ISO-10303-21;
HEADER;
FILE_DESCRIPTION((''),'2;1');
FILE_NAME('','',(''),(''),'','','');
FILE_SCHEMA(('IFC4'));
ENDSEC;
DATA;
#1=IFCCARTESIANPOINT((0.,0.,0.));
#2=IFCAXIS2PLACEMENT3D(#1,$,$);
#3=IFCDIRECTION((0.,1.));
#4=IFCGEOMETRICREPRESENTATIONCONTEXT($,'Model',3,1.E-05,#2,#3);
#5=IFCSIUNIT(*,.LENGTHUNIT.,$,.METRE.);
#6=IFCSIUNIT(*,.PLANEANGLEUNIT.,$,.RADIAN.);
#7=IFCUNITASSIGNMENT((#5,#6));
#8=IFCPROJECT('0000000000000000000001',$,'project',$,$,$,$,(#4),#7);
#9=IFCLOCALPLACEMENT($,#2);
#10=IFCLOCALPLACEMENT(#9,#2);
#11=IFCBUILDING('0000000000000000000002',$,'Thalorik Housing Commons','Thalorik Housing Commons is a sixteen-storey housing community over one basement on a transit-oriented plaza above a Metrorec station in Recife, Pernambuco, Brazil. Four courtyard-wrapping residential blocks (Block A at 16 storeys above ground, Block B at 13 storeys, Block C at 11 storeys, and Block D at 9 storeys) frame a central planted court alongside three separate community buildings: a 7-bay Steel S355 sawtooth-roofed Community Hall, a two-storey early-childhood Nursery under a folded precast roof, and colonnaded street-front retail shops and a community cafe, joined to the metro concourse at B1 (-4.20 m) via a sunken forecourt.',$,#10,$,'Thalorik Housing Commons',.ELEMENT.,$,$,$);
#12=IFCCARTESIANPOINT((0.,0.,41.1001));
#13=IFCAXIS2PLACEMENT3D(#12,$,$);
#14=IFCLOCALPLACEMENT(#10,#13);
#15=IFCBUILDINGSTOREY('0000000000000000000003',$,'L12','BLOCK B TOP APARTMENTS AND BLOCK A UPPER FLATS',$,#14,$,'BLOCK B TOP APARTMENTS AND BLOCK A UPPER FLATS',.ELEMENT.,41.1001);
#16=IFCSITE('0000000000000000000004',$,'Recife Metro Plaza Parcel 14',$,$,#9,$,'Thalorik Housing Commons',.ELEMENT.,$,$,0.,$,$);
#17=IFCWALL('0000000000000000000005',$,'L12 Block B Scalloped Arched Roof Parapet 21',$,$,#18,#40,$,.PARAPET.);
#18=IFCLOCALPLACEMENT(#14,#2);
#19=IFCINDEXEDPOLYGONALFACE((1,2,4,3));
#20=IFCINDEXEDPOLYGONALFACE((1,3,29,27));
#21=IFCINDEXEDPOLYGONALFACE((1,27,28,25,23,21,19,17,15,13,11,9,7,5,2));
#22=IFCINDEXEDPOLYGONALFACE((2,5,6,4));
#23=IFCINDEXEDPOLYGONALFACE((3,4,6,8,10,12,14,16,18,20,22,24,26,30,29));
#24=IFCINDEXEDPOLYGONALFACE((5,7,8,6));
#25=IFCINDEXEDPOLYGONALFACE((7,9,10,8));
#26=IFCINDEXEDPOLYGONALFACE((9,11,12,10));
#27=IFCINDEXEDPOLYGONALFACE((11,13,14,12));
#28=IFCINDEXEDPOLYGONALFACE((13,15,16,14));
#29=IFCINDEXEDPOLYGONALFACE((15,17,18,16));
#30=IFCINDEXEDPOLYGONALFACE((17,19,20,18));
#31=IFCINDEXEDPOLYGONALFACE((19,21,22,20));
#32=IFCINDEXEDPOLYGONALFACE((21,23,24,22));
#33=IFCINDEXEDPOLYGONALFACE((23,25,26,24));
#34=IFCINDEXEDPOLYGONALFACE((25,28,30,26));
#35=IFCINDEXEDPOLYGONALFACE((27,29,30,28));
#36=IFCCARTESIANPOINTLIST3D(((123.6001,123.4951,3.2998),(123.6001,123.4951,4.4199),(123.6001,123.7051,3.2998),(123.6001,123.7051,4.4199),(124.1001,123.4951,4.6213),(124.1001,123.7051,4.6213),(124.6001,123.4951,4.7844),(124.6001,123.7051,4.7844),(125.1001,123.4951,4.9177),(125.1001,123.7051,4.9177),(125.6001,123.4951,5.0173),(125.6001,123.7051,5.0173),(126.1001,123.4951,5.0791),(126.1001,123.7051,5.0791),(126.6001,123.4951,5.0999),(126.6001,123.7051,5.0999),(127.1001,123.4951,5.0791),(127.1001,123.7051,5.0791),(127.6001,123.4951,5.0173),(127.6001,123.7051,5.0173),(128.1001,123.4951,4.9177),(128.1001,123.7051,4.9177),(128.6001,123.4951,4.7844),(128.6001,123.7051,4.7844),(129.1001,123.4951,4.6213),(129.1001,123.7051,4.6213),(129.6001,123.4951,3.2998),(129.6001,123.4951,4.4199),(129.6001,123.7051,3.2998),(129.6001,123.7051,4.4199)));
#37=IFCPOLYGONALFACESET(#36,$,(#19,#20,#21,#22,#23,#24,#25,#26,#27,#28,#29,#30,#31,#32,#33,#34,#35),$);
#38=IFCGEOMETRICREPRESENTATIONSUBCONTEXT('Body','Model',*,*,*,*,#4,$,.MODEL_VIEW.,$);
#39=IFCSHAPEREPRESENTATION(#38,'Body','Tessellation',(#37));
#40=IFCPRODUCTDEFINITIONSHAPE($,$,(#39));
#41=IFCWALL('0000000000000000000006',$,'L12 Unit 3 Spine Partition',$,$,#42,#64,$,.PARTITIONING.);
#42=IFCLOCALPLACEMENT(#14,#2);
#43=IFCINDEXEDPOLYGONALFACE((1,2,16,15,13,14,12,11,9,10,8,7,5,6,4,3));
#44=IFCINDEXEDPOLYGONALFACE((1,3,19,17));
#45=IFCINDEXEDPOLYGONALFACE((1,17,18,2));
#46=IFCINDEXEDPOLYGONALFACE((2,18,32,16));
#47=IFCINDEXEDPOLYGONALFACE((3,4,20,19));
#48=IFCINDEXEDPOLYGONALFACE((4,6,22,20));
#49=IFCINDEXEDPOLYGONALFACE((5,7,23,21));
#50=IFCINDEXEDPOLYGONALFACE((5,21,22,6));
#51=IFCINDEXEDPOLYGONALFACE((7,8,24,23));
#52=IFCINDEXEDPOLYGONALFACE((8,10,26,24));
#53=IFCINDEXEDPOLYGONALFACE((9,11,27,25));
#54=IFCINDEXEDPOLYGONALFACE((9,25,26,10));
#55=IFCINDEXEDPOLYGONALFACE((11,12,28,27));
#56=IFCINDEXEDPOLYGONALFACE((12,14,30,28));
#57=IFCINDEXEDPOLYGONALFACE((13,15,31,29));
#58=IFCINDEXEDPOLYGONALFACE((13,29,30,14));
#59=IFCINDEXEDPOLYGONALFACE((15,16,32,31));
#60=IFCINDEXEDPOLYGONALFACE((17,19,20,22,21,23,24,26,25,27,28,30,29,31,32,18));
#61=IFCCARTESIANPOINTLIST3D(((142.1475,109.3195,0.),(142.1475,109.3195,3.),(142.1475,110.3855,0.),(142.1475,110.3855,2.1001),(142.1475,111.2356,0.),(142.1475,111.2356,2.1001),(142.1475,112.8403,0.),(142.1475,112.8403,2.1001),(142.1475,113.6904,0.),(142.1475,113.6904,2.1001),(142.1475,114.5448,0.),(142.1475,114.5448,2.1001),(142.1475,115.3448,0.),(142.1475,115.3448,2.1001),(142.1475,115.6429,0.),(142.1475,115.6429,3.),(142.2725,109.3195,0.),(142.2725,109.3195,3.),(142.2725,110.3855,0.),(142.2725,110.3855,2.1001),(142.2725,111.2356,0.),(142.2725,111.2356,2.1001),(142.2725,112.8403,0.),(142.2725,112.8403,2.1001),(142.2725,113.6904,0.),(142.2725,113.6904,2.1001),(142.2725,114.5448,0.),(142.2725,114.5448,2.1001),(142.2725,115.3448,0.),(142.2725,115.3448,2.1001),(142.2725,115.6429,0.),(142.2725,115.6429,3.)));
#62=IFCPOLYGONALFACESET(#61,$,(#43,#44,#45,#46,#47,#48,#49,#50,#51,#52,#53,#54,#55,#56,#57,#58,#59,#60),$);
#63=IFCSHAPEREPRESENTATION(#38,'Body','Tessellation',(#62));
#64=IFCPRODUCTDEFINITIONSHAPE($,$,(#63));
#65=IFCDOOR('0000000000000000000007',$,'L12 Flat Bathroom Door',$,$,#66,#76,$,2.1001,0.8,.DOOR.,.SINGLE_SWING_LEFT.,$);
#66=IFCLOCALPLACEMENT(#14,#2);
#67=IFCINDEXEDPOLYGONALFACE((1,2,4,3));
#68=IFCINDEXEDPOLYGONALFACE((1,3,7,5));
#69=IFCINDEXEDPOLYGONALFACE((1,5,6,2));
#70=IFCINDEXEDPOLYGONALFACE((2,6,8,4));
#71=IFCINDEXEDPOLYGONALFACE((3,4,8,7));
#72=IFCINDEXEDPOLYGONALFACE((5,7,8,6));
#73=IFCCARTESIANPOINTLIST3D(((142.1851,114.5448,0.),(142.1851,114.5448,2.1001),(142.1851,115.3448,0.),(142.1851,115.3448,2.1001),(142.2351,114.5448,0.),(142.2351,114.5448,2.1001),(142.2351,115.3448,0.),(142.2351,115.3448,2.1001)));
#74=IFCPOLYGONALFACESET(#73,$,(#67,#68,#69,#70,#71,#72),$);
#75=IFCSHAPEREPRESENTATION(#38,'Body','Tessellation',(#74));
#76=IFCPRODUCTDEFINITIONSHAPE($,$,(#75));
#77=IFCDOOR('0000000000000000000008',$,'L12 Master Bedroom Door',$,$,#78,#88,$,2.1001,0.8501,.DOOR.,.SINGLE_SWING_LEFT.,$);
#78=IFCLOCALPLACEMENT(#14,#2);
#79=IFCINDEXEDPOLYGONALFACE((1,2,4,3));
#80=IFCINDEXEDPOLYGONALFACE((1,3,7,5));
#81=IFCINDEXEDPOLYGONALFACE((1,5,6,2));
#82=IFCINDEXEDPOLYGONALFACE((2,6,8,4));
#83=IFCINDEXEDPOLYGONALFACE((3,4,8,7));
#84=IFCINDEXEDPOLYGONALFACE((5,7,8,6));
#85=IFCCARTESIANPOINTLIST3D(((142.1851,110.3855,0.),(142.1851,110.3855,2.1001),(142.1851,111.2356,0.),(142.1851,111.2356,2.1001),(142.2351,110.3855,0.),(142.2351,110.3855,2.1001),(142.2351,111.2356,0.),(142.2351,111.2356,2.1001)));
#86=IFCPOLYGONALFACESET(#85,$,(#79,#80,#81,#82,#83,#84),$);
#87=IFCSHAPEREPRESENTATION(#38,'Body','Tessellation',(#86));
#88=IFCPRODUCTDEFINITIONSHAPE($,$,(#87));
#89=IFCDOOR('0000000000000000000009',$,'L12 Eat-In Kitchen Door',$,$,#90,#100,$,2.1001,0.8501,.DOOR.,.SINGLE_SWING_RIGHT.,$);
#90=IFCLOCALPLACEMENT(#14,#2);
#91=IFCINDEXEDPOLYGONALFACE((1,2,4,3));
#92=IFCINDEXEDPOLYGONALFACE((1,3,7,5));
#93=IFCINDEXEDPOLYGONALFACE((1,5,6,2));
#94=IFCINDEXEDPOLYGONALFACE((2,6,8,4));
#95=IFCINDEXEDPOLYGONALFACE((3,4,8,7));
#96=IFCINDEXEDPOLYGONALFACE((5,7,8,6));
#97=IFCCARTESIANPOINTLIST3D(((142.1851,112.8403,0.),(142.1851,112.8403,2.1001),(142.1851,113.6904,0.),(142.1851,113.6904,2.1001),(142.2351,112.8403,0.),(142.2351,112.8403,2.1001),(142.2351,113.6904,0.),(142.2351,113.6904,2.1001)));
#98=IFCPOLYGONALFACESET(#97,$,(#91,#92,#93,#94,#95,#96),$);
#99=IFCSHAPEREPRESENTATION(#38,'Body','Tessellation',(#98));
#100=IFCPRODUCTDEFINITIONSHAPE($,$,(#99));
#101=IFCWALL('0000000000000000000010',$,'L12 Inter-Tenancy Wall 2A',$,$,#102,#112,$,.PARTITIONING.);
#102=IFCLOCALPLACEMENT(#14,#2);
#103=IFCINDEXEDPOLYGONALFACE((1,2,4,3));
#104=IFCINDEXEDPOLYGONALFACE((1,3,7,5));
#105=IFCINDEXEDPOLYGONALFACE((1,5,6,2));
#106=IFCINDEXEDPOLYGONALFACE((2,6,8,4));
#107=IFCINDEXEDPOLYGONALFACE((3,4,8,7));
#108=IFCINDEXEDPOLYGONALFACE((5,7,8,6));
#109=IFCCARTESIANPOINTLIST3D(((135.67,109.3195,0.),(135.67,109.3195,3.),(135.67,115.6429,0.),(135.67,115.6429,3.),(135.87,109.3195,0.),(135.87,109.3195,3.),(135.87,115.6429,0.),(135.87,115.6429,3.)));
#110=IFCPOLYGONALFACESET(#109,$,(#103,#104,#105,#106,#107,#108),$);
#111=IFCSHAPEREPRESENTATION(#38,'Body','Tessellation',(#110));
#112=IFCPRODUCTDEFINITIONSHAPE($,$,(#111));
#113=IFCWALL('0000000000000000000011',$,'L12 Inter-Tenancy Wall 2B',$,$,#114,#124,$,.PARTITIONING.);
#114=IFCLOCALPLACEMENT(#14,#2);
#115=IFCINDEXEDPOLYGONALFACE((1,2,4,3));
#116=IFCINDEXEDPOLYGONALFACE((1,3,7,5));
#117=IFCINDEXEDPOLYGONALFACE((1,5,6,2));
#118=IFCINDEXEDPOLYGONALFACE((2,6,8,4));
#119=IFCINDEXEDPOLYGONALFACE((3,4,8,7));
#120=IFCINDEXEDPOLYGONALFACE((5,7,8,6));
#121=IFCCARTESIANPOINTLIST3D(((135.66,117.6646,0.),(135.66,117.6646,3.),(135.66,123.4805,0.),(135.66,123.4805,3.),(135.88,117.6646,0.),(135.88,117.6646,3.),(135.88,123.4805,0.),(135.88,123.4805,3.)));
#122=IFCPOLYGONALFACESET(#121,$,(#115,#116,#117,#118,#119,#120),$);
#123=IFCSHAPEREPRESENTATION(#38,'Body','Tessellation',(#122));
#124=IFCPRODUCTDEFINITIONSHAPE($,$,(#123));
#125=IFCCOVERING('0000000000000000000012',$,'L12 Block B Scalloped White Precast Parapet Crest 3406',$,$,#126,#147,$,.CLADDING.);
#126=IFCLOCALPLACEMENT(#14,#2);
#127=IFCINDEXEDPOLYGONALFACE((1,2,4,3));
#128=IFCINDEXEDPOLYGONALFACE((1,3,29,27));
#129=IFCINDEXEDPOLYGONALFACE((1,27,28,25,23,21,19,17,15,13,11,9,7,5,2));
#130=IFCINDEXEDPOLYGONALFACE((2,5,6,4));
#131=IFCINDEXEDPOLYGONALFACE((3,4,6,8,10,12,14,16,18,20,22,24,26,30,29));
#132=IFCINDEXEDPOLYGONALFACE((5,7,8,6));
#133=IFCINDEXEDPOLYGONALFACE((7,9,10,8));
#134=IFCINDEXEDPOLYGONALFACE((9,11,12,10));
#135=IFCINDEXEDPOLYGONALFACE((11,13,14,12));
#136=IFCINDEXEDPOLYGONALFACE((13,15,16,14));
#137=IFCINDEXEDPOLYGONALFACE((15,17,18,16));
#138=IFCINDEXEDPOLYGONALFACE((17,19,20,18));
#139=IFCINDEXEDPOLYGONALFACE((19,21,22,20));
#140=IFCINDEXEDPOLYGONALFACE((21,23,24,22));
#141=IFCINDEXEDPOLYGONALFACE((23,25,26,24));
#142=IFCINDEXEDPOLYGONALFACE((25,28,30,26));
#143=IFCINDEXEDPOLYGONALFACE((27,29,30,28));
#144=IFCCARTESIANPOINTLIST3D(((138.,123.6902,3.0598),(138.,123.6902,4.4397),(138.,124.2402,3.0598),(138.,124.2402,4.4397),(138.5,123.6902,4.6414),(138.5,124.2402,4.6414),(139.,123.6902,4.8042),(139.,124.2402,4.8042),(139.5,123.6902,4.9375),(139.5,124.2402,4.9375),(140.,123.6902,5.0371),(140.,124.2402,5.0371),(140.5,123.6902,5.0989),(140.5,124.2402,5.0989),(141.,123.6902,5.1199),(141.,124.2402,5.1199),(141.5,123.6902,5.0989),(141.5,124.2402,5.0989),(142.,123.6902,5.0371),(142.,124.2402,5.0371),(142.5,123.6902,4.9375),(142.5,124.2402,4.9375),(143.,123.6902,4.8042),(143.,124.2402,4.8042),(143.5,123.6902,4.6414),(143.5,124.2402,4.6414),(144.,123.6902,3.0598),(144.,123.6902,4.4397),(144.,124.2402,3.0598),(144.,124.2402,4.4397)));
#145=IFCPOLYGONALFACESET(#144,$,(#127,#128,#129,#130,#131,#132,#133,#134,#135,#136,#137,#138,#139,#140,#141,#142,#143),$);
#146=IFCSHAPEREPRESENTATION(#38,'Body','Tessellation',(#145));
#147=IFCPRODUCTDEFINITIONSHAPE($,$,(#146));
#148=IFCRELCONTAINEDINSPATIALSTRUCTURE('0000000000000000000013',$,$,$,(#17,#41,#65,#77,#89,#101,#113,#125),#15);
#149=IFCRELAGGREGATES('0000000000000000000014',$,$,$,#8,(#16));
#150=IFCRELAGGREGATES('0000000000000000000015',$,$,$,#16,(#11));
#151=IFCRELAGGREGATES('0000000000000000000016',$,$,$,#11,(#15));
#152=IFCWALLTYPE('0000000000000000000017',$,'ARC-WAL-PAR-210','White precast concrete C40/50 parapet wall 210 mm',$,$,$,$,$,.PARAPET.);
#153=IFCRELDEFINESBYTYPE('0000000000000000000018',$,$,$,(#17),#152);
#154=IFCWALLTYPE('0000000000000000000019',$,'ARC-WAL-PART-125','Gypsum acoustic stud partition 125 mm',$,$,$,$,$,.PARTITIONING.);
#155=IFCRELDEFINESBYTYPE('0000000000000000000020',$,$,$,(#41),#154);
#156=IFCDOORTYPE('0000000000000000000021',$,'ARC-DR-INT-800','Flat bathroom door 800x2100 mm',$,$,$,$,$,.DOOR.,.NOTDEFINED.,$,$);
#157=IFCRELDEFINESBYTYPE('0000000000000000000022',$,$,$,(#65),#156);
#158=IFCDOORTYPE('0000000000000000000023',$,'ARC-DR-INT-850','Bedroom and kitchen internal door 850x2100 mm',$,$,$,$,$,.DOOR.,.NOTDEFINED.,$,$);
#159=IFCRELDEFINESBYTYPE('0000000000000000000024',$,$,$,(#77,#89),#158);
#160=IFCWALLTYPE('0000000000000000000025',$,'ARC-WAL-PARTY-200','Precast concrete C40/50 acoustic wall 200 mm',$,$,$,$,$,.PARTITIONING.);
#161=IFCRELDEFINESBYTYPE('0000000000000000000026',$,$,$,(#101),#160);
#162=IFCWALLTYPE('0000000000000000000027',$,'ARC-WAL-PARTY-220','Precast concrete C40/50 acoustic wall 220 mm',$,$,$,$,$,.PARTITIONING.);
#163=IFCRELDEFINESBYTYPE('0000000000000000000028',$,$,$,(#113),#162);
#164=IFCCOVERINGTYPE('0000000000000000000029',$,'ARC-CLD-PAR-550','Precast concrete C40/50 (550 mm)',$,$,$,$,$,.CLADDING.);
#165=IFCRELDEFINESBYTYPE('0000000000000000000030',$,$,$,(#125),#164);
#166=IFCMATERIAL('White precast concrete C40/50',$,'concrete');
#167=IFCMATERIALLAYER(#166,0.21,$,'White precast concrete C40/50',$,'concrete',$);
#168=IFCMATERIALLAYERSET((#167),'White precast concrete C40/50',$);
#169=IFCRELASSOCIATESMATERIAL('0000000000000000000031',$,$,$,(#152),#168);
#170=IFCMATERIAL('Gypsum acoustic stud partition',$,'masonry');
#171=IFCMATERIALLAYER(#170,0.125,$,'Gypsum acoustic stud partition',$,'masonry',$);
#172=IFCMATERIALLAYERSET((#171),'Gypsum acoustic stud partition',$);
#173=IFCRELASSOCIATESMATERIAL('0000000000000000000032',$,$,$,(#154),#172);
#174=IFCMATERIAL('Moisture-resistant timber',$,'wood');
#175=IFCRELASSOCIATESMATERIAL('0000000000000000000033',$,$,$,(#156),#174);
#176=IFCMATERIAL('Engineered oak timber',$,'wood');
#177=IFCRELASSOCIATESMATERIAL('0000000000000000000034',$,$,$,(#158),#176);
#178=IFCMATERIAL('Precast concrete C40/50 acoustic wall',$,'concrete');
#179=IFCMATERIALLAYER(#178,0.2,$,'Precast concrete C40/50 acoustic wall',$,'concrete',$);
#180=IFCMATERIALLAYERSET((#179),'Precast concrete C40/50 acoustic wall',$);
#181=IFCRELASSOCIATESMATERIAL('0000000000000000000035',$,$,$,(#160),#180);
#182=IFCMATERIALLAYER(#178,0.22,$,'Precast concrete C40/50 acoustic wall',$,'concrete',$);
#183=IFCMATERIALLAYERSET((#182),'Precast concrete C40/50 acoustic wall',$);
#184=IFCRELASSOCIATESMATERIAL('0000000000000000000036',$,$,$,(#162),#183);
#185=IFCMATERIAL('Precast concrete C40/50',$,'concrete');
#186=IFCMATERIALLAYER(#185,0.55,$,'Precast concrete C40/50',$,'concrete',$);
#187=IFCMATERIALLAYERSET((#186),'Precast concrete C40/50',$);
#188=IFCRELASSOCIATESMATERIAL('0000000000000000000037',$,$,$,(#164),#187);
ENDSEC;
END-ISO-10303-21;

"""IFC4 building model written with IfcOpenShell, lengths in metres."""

from ifc_helpers import new_model, si_unit, direction, frame, frame_2d, origin, place, context, subcontext, project, spatial, polyline, rectangle, outline, extrude, material, layer, layer_set, type_object, element, fill, save


model = new_model("IFC4")

# Units and contexts
model_context = context("Model", 3, precision=1e-05, world=origin(), true_north=direction((0.0, 1.0)))
body_context = subcontext(model_context, "Body", "Model", "MODEL_VIEW")
ifc_project = project(units=[si_unit("LENGTHUNIT", "METRE"), si_unit("PLANEANGLEUNIT", "RADIAN")], contexts=[model_context])

# Site, building, storey
site_placement = place(None, origin())
site = spatial("IfcSite", under=ifc_project, at=site_placement, Name="Recife Metro Plaza Parcel 14", LongName="Thalorik Housing Commons", CompositionType="ELEMENT", RefElevation=0.0)
building_placement = place(site_placement, origin())
building = spatial("IfcBuilding", under=site, at=building_placement, Name="Thalorik Housing Commons", Description="Thalorik Housing Commons is a sixteen-storey housing community over one basement on a transit-oriented plaza above a Metrorec station in Recife, Pernambuco, Brazil. Four courtyard-wrapping residential blocks (Block A at 16 storeys above ground, Block B at 13 storeys, Block C at 11 storeys, and Block D at 9 storeys) frame a central planted court alongside three separate community buildings: a 7-bay Steel S355 sawtooth-roofed Community Hall, a two-storey early-childhood Nursery under a folded precast roof, and colonnaded street-front retail shops and a community cafe, joined to the metro concourse at B1 (-4.20 m) via a sunken forecourt.", LongName="Thalorik Housing Commons", CompositionType="ELEMENT")
storey_placement = place(building_placement, frame((0.0, 0.0, 41.1001)))
storey = spatial("IfcBuildingStorey", under=building, at=storey_placement, Name="L12", Description="BLOCK B TOP APARTMENTS AND BLOCK A UPPER FLATS", LongName="BLOCK B TOP APARTMENTS AND BLOCK A UPPER FLATS", CompositionType="ELEMENT", Elevation=41.1001)

# Shared definitions
ifc_material_1 = material(Name="Precast concrete C40/50", Category="concrete")

# Shared definitions
ifc_material_2 = material(Name="White precast concrete C40/50", Category="concrete")

# Wall
ifc_layer_1 = layer(ifc_material_2, 0.21, Name="White precast concrete C40/50", Category="concrete")
ifc_layer_set_1 = layer_set([ifc_layer_1], Name="White precast concrete C40/50")
wall_type_1 = type_object("IfcWallType", Name="ARC-WAL-PAR-210", Description="White precast concrete C40/50 parapet wall 210 mm", PredefinedType="PARAPET", material=ifc_layer_set_1)
wall_1_placement = place(storey_placement, frame((129.6001, 123.6001, 3.2998), z_axis=(0.0, 0.0, 1.0), x_axis=(-1.0, 0.0, 0.0)))
element("IfcWall", 1, at=wall_1_placement, inside=storey, type_object=wall_type_1, Name="L12 Block B Scalloped Arched Roof Parapet 21", PredefinedType="PARAPET", context=body_context, shape_type="SweptSolid", body=[
    extrude(outline(polyline([(0.0, 0.0), (6.0, 0.0), (6.0, 1.1201), (5.5, 1.3215), (5.0, 1.4846), (4.5, 1.6179), (4.0, 1.7175), (3.5, 1.7793), (3.0, 1.8), (2.5, 1.7793), (2.0, 1.7175), (1.5, 1.6179), (1.0, 1.4846), (0.5, 1.3215), (0.0, 1.1201), (0.0, 0.0)])), frame((0.0, 0.105, 0.0), z_axis=(0.0, -1.0, 0.0), x_axis=(1.0, 0.0, 0.0)), (0.0, 0.0, 1.0), 0.21),
])

# Wall, openings, doors
ifc_material_3 = material(Name="Gypsum acoustic stud partition", Category="masonry")
ifc_layer_2 = layer(ifc_material_3, 0.125, Name="Gypsum acoustic stud partition", Category="masonry")
ifc_layer_set_2 = layer_set([ifc_layer_2], Name="Gypsum acoustic stud partition")
wall_type_2 = type_object("IfcWallType", Name="ARC-WAL-PART-125", Description="Gypsum acoustic stud partition 125 mm", PredefinedType="PARTITIONING", material=ifc_layer_set_2)
wall_2_placement = place(storey_placement, frame((142.21, 109.3196, 0.0), z_axis=(0.0, 0.0, 1.0), x_axis=(0.0, 1.0, 0.0)))
wall_2 = element("IfcWall", 2, at=wall_2_placement, inside=storey, type_object=wall_type_2, Name="L12 Unit 3 Spine Partition", PredefinedType="PARTITIONING", context=body_context, shape_type="SweptSolid", body=[
    extrude(rectangle(XDim=6.3235, YDim=0.125, at=frame_2d((3.1616, 0.0))), origin(), (0.0, 0.0, 1.0), 3.0),
])
opening_1_placement = place(wall_2_placement, frame((1.0659, 0.0, 0.0)))
opening_1 = element("IfcOpeningElement", 3, at=opening_1_placement, cuts=wall_2, PredefinedType="OPENING", context=body_context, shape_type="SweptSolid", body=[
    extrude(rectangle(XDim=0.8501, YDim=2.1001, at=frame_2d((0.425, 1.05))), frame((0.0, 0.0725, 0.0), z_axis=(0.0, -1.0, 0.0), x_axis=(1.0, 0.0, 0.0)), (0.0, 0.0, 1.0), 0.145),
])
opening_2_placement = place(wall_2_placement, frame((3.5208, 0.0, 0.0)))
opening_2 = element("IfcOpeningElement", 4, at=opening_2_placement, cuts=wall_2, PredefinedType="OPENING", context=body_context, shape_type="SweptSolid", body=[
    extrude(rectangle(XDim=0.8501, YDim=2.1001, at=frame_2d((0.425, 1.05))), frame((0.0, 0.0725, 0.0), z_axis=(0.0, -1.0, 0.0), x_axis=(1.0, 0.0, 0.0)), (0.0, 0.0, 1.0), 0.145),
])
opening_3_placement = place(wall_2_placement, frame((5.2253, 0.0, 0.0)))
opening_3 = element("IfcOpeningElement", 5, at=opening_3_placement, cuts=wall_2, PredefinedType="OPENING", context=body_context, shape_type="SweptSolid", body=[
    extrude(rectangle(XDim=0.8, YDim=2.1001, at=frame_2d((0.3999, 1.05))), frame((0.0, 0.0725, 0.0), z_axis=(0.0, -1.0, 0.0), x_axis=(1.0, 0.0, 0.0)), (0.0, 0.0, 1.0), 0.145),
])
ifc_material_4 = material(Name="Moisture-resistant timber", Category="wood")
door_type_1 = type_object("IfcDoorType", Name="ARC-DR-INT-800", Description="Flat bathroom door 800x2100 mm", OperationType="NOTDEFINED", PredefinedType="DOOR", material=ifc_material_4)
door_1_placement = place(opening_3_placement, origin())
door_1 = element("IfcDoor", 6, at=door_1_placement, inside=storey, type_object=door_type_1, Name="L12 Flat Bathroom Door", OperationType="SINGLE_SWING_LEFT", OverallHeight=2.1001, OverallWidth=0.8, PredefinedType="DOOR", context=body_context, shape_type="SweptSolid", body=[
    extrude(rectangle(XDim=0.8, YDim=2.1001, at=frame_2d((0.3999, 1.05))), frame((0.0, 0.0249, 0.0), z_axis=(0.0, -1.0, 0.0), x_axis=(1.0, 0.0, 0.0)), (0.0, 0.0, 1.0), 0.05),
])
fill(opening_3, door_1)
ifc_material_5 = material(Name="Engineered oak timber", Category="wood")
door_type_2 = type_object("IfcDoorType", Name="ARC-DR-INT-850", Description="Bedroom and kitchen internal door 850x2100 mm", OperationType="NOTDEFINED", PredefinedType="DOOR", material=ifc_material_5)
door_2_placement = place(opening_1_placement, origin())
door_2 = element("IfcDoor", 7, at=door_2_placement, inside=storey, type_object=door_type_2, Name="L12 Master Bedroom Door", OperationType="SINGLE_SWING_LEFT", OverallHeight=2.1001, OverallWidth=0.8501, PredefinedType="DOOR", context=body_context, shape_type="SweptSolid", body=[
    extrude(rectangle(XDim=0.8501, YDim=2.1001, at=frame_2d((0.425, 1.05))), frame((0.0, 0.0249, 0.0), z_axis=(0.0, -1.0, 0.0), x_axis=(1.0, 0.0, 0.0)), (0.0, 0.0, 1.0), 0.05),
])
fill(opening_1, door_2)
door_3_placement = place(opening_2_placement, origin())
door_3 = element("IfcDoor", 8, at=door_3_placement, inside=storey, type_object=door_type_2, Name="L12 Eat-In Kitchen Door", OperationType="SINGLE_SWING_RIGHT", OverallHeight=2.1001, OverallWidth=0.8501, PredefinedType="DOOR", context=body_context, shape_type="SweptSolid", body=[
    extrude(rectangle(XDim=0.8501, YDim=2.1001, at=frame_2d((0.425, 1.05))), frame((0.0, 0.0249, 0.0), z_axis=(0.0, -1.0, 0.0), x_axis=(1.0, 0.0, 0.0)), (0.0, 0.0, 1.0), 0.05),
])
fill(opening_2, door_3)

# Walls
ifc_material_6 = material(Name="Precast concrete C40/50 acoustic wall", Category="concrete")
ifc_layer_3 = layer(ifc_material_6, 0.2, Name="Precast concrete C40/50 acoustic wall", Category="concrete")
ifc_layer_set_3 = layer_set([ifc_layer_3], Name="Precast concrete C40/50 acoustic wall")
wall_type_3 = type_object("IfcWallType", Name="ARC-WAL-PARTY-200", Description="Precast concrete C40/50 acoustic wall 200 mm", PredefinedType="PARTITIONING", material=ifc_layer_set_3)
wall_3_placement = place(storey_placement, frame((135.77, 109.3196, 0.0), z_axis=(0.0, 0.0, 1.0), x_axis=(0.0, 1.0, 0.0)))
element("IfcWall", 9, at=wall_3_placement, inside=storey, type_object=wall_type_3, Name="L12 Inter-Tenancy Wall 2A", PredefinedType="PARTITIONING", context=body_context, shape_type="SweptSolid", body=[
    extrude(rectangle(XDim=6.3235, YDim=0.2, at=frame_2d((3.1616, 0.0))), origin(), (0.0, 0.0, 1.0), 3.0),
])
ifc_layer_4 = layer(ifc_material_6, 0.22, Name="Precast concrete C40/50 acoustic wall", Category="concrete")
ifc_layer_set_4 = layer_set([ifc_layer_4], Name="Precast concrete C40/50 acoustic wall")
wall_type_4 = type_object("IfcWallType", Name="ARC-WAL-PARTY-220", Description="Precast concrete C40/50 acoustic wall 220 mm", PredefinedType="PARTITIONING", material=ifc_layer_set_4)
wall_4_placement = place(storey_placement, frame((135.77, 117.6646, 0.0), z_axis=(0.0, 0.0, 1.0), x_axis=(0.0, 1.0, 0.0)))
element("IfcWall", 10, at=wall_4_placement, inside=storey, type_object=wall_type_4, Name="L12 Inter-Tenancy Wall 2B", PredefinedType="PARTITIONING", context=body_context, shape_type="SweptSolid", body=[
    extrude(rectangle(XDim=5.8159, YDim=0.22, at=frame_2d((2.908, 0.0))), origin(), (0.0, 0.0, 1.0), 3.0),
])

# Covering
ifc_layer_5 = layer(ifc_material_1, 0.55, Name="Precast concrete C40/50", Category="concrete")
ifc_layer_set_5 = layer_set([ifc_layer_5], Name="Precast concrete C40/50")
covering_type_1 = type_object("IfcCoveringType", Name="ARC-CLD-PAR-550", Description="Precast concrete C40/50 (550 mm)", PredefinedType="CLADDING", material=ifc_layer_set_5)
covering_1_placement = place(storey_placement, frame((141.0, 123.9651, 3.0598), z_axis=(0.0, 0.0, 1.0), x_axis=(-1.0, 0.0, 0.0)))
element("IfcCovering", 11, at=covering_1_placement, inside=storey, type_object=covering_type_1, Name="L12 Block B Scalloped White Precast Parapet Crest 3406", PredefinedType="CLADDING", context=body_context, shape_type="SweptSolid", body=[
    extrude(outline(polyline([(-3.0, 0.0), (3.0, 0.0), (3.0, 1.3799), (2.5, 1.5815), (2.0, 1.7444), (1.5, 1.8777), (1.0, 1.9773), (0.5, 2.0391), (0.0, 2.0601), (-0.5, 2.0391), (-1.0, 1.9773), (-1.5, 1.8777), (-2.0, 1.7444), (-2.5, 1.5815), (-3.0, 1.3799), (-3.0, 0.0)])), frame((0.0, 0.2749, 0.0), z_axis=(0.0, -1.0, 0.0), x_axis=(1.0, 0.0, 0.0)), (0.0, 0.0, 1.0), 0.55),
])

save(model, "model.ifc")
